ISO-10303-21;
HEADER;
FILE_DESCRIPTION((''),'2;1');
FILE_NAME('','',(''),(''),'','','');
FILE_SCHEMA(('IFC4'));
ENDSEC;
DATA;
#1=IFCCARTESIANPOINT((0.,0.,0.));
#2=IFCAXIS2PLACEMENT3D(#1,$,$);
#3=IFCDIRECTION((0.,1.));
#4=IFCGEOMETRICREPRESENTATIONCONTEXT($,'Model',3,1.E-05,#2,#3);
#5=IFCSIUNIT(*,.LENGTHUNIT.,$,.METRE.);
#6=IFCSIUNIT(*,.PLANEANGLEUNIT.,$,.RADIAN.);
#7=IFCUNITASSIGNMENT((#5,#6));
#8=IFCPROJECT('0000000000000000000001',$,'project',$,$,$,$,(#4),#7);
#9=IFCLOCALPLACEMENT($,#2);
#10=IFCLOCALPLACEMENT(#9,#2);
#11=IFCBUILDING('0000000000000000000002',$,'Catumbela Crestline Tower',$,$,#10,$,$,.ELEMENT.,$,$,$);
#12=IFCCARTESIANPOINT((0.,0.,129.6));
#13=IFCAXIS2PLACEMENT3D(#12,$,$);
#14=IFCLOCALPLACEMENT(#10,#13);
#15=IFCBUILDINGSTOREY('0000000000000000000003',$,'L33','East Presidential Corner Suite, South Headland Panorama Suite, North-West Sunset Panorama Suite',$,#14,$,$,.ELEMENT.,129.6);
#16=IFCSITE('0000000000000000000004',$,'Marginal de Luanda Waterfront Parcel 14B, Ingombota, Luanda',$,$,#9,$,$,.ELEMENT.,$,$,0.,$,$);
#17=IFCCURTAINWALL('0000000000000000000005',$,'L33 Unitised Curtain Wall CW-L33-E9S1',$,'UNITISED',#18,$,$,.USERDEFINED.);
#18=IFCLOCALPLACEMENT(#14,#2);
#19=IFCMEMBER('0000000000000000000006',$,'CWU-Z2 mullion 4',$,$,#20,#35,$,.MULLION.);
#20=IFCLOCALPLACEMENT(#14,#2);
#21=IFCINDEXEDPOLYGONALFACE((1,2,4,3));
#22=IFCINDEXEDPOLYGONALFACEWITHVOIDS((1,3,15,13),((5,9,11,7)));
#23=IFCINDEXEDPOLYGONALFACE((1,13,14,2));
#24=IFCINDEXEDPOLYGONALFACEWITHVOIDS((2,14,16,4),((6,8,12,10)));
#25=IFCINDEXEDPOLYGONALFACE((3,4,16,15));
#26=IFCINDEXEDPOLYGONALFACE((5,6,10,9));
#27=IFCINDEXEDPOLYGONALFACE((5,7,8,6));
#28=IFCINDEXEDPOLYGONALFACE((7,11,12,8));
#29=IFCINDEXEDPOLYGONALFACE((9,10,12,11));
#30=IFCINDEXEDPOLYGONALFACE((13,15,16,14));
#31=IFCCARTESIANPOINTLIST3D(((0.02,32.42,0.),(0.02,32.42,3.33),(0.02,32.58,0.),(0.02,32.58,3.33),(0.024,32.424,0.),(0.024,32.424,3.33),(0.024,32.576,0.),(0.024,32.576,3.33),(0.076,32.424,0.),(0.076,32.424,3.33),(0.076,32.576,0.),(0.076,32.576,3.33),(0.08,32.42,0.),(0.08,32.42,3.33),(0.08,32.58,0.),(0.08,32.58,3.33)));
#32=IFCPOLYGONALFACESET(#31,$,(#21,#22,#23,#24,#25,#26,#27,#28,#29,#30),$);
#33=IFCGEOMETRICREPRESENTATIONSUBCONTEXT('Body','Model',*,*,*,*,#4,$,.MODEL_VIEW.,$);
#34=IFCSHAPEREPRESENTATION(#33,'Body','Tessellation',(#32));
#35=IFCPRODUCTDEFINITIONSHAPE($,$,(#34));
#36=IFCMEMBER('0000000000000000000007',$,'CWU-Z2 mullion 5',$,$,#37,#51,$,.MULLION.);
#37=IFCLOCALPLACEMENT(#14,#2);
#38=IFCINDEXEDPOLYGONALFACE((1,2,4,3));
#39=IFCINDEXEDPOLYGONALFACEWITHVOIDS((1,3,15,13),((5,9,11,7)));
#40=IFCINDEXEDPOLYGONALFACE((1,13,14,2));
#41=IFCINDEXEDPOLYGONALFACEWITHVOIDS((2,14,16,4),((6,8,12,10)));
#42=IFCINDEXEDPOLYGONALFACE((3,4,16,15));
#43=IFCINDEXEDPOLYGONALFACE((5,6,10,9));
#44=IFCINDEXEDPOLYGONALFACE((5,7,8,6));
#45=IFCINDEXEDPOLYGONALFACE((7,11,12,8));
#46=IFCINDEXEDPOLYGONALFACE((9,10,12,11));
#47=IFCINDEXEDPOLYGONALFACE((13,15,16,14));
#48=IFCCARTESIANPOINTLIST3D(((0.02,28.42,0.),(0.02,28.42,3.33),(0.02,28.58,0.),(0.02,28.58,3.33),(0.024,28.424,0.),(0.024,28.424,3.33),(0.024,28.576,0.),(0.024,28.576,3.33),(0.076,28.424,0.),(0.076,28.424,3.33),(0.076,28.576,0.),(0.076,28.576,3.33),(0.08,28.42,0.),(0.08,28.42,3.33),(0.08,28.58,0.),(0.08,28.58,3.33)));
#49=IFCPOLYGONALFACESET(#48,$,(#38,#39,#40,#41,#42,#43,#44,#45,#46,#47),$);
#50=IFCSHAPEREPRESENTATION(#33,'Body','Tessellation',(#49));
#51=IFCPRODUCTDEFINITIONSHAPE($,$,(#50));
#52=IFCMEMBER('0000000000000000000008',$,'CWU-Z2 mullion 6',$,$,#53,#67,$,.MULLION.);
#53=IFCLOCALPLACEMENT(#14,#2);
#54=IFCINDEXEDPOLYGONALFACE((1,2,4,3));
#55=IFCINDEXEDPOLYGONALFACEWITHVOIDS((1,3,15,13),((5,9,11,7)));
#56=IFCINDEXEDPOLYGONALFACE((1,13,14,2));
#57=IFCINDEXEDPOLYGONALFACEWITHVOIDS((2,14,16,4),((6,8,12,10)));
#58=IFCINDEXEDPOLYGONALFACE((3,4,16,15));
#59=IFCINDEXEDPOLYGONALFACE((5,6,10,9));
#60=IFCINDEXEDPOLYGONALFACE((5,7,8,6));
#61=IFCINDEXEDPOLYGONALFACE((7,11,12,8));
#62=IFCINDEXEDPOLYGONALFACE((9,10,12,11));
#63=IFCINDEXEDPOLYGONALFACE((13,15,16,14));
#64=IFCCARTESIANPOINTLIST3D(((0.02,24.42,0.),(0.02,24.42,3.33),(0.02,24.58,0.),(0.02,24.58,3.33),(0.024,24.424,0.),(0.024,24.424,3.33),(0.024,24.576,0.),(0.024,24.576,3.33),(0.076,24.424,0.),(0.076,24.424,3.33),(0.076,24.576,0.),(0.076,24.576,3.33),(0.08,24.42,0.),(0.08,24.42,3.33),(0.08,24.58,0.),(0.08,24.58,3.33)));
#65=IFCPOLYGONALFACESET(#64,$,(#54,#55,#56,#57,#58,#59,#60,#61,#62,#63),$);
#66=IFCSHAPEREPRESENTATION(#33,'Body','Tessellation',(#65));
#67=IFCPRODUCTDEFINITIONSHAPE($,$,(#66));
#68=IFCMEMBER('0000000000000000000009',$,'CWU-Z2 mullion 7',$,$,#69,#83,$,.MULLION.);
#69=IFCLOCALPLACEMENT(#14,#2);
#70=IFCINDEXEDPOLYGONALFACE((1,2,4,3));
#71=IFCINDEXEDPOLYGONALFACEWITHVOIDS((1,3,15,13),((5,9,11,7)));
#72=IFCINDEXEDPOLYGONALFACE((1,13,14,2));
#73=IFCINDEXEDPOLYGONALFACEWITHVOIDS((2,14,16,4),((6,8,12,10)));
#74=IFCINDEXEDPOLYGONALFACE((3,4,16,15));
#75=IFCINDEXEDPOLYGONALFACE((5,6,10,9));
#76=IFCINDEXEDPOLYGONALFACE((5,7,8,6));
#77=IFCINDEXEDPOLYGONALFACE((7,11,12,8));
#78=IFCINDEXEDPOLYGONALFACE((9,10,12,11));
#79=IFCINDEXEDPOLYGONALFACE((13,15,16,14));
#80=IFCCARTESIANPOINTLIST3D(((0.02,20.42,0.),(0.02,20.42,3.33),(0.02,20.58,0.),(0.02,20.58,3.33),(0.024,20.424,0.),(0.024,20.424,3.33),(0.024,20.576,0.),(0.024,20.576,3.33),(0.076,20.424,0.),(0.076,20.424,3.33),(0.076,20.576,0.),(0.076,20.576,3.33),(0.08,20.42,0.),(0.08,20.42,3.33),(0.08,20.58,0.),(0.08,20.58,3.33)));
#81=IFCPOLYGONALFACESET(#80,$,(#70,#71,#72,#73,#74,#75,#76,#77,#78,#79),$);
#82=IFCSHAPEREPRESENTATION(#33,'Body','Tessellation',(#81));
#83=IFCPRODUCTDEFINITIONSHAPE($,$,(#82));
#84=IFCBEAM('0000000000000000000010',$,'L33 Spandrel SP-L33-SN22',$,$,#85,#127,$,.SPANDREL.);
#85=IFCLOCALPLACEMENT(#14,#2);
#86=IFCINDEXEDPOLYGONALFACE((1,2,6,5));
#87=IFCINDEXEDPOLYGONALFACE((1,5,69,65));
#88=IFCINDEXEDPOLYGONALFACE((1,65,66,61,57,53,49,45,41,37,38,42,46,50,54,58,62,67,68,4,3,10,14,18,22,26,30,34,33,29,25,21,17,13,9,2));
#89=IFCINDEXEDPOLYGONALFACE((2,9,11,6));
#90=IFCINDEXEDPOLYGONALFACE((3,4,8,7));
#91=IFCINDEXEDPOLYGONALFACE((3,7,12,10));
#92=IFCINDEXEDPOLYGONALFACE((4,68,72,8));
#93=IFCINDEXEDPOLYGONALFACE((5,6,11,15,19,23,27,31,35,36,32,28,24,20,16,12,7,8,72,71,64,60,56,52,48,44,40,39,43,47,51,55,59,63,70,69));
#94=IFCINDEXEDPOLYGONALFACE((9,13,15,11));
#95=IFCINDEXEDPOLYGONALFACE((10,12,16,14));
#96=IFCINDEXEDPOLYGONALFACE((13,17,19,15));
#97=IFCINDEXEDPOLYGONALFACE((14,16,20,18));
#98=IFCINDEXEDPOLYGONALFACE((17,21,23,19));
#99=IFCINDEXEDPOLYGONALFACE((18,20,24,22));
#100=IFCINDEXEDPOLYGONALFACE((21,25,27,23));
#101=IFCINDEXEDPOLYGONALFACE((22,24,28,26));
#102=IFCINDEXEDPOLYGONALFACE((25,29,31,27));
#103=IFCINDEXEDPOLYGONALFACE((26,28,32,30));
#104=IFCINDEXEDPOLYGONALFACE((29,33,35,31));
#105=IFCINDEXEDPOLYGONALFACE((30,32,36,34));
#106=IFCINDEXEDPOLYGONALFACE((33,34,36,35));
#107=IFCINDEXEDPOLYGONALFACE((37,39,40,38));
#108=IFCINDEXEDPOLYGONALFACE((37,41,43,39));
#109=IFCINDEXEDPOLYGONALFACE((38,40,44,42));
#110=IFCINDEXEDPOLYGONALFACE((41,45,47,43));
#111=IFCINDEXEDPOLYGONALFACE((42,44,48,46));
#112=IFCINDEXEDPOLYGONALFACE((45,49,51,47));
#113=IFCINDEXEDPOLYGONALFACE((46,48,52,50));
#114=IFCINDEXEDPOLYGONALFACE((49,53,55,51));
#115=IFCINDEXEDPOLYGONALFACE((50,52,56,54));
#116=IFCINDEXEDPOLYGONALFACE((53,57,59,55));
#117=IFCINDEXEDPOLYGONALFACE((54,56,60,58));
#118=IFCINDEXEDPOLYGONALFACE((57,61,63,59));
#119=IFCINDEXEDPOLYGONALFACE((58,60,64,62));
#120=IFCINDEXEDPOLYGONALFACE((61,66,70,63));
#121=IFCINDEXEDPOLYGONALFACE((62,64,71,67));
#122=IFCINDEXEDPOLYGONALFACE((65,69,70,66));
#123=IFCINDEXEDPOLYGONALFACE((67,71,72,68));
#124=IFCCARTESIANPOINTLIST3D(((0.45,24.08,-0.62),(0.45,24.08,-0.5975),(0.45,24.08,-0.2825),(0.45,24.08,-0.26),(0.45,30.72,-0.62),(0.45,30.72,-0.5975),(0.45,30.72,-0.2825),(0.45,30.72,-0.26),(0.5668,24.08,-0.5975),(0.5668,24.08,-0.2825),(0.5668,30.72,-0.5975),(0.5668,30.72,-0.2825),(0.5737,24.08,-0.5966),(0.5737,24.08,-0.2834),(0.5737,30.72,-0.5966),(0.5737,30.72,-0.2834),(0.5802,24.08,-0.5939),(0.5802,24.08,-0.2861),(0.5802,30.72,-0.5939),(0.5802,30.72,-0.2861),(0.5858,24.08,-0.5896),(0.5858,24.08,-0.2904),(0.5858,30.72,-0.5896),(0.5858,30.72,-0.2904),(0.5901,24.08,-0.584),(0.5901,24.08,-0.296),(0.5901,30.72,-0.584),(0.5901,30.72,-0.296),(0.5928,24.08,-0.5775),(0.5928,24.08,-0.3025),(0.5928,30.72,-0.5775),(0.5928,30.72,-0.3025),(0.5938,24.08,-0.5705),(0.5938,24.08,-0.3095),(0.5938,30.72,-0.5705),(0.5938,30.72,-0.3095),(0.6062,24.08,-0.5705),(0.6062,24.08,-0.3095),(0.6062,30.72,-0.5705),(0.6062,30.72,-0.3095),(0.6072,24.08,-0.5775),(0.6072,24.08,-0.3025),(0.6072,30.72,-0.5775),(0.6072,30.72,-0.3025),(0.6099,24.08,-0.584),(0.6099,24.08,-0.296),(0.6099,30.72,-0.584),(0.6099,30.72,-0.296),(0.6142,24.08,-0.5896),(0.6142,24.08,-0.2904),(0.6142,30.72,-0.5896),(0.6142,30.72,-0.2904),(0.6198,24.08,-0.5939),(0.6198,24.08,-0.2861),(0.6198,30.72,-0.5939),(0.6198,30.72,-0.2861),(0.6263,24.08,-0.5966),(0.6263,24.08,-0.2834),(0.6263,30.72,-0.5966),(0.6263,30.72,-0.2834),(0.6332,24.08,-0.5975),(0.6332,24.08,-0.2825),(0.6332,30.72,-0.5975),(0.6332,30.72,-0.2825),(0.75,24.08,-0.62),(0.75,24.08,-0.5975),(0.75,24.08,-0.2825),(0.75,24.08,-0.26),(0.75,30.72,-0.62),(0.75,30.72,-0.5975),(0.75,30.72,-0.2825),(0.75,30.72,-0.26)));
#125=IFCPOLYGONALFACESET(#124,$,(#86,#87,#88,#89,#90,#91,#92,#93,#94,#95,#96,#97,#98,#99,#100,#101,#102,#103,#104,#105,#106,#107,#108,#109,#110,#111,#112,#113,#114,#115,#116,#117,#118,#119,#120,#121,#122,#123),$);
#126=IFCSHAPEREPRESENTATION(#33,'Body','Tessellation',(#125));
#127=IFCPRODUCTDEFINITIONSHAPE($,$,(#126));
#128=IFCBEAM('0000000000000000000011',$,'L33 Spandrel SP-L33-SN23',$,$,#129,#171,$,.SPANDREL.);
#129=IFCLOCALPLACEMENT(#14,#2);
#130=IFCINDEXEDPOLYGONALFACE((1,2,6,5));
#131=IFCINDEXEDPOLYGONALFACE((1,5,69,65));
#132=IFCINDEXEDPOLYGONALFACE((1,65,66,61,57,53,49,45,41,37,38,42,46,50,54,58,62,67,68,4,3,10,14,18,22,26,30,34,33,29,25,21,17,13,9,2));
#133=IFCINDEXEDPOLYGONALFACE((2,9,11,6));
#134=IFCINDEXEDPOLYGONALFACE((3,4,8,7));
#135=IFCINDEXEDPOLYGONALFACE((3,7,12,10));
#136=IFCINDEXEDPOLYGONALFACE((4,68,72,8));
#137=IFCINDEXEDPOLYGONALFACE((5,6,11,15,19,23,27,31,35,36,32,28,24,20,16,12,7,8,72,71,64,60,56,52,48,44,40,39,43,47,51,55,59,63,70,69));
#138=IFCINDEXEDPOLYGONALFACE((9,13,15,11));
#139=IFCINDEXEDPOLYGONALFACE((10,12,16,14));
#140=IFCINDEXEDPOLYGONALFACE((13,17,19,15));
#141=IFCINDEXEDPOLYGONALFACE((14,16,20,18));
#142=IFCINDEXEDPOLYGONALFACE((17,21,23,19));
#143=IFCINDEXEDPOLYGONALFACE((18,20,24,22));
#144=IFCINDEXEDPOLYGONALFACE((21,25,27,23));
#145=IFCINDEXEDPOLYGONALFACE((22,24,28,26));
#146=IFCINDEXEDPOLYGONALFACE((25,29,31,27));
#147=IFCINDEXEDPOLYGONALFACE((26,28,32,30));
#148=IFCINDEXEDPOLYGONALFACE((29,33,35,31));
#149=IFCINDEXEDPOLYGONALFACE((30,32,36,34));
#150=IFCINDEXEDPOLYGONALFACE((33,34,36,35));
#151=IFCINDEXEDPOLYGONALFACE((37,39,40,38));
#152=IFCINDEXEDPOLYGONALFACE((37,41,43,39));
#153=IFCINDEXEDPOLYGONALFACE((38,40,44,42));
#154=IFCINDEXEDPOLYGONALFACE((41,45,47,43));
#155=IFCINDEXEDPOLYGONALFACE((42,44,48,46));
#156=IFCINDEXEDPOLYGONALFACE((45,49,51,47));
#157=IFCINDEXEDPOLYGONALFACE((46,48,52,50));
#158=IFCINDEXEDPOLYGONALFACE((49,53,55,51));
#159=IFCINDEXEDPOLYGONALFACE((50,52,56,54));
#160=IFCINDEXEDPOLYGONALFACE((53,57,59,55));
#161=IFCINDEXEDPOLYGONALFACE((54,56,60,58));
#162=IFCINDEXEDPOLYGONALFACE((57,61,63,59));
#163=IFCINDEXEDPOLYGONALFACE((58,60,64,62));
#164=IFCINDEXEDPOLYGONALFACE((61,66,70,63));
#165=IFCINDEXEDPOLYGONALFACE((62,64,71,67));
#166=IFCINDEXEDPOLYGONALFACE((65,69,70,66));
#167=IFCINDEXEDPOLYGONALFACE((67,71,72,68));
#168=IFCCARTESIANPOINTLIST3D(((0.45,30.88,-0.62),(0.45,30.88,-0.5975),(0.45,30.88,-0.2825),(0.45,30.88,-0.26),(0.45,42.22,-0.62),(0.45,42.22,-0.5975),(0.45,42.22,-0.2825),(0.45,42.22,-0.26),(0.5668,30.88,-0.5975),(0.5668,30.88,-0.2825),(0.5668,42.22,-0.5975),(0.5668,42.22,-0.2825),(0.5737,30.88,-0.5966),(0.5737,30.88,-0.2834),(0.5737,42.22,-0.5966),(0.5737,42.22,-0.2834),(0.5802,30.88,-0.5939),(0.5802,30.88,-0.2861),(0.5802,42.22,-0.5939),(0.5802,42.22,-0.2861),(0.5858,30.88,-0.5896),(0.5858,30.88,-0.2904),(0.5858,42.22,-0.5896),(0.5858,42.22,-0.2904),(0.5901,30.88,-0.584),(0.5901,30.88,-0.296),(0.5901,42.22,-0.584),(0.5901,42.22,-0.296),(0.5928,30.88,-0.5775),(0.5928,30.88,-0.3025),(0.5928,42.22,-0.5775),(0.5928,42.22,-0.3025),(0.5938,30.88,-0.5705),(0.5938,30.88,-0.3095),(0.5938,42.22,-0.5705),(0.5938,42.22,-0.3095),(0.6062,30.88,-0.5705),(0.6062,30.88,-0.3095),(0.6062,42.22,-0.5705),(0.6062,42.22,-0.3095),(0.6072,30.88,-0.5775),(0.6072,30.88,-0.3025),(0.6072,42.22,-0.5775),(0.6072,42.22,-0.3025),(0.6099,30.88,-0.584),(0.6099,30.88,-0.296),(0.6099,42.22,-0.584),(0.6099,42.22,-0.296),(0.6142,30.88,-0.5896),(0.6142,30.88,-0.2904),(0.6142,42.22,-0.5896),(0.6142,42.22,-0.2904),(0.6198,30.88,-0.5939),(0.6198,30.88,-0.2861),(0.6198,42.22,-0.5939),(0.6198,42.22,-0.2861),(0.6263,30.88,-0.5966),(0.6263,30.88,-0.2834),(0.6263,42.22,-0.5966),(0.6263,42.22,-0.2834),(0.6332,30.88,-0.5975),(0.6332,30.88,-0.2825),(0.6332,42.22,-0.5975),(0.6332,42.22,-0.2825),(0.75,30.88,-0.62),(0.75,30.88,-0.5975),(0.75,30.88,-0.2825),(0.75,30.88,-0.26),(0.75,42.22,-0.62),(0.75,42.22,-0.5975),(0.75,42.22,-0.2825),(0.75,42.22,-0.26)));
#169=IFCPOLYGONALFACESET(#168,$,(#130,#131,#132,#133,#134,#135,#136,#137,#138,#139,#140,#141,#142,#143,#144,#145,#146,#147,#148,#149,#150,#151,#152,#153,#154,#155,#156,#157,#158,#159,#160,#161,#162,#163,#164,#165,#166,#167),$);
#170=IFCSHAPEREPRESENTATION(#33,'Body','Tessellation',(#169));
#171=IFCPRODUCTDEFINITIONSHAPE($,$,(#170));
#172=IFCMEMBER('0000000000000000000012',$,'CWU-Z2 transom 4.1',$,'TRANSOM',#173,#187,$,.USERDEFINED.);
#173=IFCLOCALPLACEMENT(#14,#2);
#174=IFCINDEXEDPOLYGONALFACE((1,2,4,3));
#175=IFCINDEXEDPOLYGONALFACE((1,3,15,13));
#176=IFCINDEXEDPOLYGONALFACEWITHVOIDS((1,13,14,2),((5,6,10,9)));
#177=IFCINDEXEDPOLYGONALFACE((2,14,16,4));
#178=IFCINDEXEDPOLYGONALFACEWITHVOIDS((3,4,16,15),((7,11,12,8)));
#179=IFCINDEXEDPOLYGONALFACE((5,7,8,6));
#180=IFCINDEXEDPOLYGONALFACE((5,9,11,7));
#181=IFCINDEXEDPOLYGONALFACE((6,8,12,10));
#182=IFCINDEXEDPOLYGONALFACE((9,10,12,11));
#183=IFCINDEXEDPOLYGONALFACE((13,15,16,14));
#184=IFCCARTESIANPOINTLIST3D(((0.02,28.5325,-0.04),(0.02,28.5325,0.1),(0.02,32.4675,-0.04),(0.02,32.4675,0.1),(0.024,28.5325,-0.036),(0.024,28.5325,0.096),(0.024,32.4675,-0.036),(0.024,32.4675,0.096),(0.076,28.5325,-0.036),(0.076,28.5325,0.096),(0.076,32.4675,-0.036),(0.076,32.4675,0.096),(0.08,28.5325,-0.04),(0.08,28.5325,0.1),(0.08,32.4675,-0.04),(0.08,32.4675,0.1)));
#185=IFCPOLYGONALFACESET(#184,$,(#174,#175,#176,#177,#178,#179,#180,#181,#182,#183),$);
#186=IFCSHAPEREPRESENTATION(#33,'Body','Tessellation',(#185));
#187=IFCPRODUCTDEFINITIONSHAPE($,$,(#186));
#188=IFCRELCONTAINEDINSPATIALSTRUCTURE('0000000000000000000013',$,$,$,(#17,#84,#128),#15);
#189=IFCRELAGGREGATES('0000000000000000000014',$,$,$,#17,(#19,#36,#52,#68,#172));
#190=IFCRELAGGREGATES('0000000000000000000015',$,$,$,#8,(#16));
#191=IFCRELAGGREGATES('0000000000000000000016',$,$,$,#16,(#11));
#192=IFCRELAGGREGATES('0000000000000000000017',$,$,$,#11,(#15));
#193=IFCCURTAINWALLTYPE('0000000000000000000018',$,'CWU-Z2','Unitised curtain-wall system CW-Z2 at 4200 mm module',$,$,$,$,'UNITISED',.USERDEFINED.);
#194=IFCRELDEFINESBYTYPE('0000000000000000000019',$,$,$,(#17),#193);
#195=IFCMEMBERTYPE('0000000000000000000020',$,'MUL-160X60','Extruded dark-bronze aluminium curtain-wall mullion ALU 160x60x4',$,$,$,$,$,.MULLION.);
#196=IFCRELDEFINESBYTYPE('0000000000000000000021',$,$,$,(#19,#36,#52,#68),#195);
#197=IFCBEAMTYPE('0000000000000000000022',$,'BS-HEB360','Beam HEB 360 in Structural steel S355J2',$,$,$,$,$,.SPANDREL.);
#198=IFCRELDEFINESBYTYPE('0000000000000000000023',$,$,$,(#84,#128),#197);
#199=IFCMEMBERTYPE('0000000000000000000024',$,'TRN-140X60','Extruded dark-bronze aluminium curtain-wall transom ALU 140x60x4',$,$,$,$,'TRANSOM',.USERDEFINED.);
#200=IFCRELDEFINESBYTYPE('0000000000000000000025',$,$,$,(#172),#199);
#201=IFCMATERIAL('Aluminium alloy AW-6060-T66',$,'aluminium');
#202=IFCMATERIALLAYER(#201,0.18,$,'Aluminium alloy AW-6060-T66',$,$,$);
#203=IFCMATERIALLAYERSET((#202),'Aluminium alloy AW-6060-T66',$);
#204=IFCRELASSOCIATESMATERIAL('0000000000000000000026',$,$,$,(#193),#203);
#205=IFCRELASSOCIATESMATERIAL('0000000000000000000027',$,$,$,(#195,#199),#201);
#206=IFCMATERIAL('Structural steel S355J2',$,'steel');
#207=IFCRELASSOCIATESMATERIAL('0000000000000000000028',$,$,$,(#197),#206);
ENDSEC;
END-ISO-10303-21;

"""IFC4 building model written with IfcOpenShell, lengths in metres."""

from ifc_helpers import new_model, si_unit, direction, frame, origin, origin_2d, place, context, subcontext, project, spatial, hollow_rectangle, i_section, extrude, material, layer, layer_set, material_profile, profile_set, type_object, element, aggregate, save


model = new_model("IFC4")

# Units and contexts
model_context = context("Model", 3, precision=1e-05, world=origin(), true_north=direction((0.0, 1.0)))
body_context = subcontext(model_context, "Body", "Model", "MODEL_VIEW")
ifc_project = project(units=[si_unit("LENGTHUNIT", "METRE"), si_unit("PLANEANGLEUNIT", "RADIAN")], contexts=[model_context])

# Site, building, storey
site_placement = place(None, origin())
site = spatial("IfcSite", under=ifc_project, at=site_placement, Name="Marginal de Luanda Waterfront Parcel 14B, Ingombota, Luanda", CompositionType="ELEMENT", RefElevation=0.0)
building_placement = place(site_placement, origin())
building = spatial("IfcBuilding", under=site, at=building_placement, Name="Catumbela Crestline Tower", CompositionType="ELEMENT")
storey_placement = place(building_placement, frame((0.0, 0.0, 129.6)))
storey = spatial("IfcBuildingStorey", under=building, at=storey_placement, Name="L33", Description="East Presidential Corner Suite, South Headland Panorama Suite, North-West Sunset Panorama Suite", CompositionType="ELEMENT", Elevation=129.6)

# Shared definitions
ifc_material_1 = material(Name="Structural steel S355J2", Category="steel")

# Curtain wall, members
ifc_material_2 = material(Name="Aluminium alloy AW-6060-T66", Category="aluminium")
ifc_layer_1 = layer(ifc_material_2, 0.18, Name="Aluminium alloy AW-6060-T66")
ifc_layer_set_1 = layer_set([ifc_layer_1], Name="Aluminium alloy AW-6060-T66")
curtain_wall_type = type_object("IfcCurtainWallType", Name="CWU-Z2", Description="Unitised curtain-wall system CW-Z2 at 4200 mm module", ElementType="UNITISED", PredefinedType="USERDEFINED", material=ifc_layer_set_1)
curtain_wall_placement = place(storey_placement, origin())
curtain_wall = element("IfcCurtainWall", 1, at=curtain_wall_placement, inside=storey, type_object=curtain_wall_type, Name="L33 Unitised Curtain Wall CW-L33-E9S1", ObjectType="UNITISED", PredefinedType="USERDEFINED")
ifc_material_profile_1 = material_profile(ifc_material_2, hollow_rectangle(XDim=0.06, YDim=0.16, WallThickness=0.004, at=origin_2d()), Name="ALU 160x60x4")
ifc_profile_set_1 = profile_set([ifc_material_profile_1], Name="Aluminium alloy AW-6060-T66")
member_type_1 = type_object("IfcMemberType", Name="MUL-160X60", Description="Extruded dark-bronze aluminium curtain-wall mullion ALU 160x60x4", PredefinedType="MULLION", material=ifc_profile_set_1)
member_1_placement = place(storey_placement, frame((0.05, 32.5, 0.0), z_axis=(0.0, 0.0, 1.0), x_axis=(1.0, 0.0, 0.0)))
member_1 = element("IfcMember", 2, at=member_1_placement, type_object=member_type_1, Name="CWU-Z2 mullion 4", PredefinedType="MULLION", context=body_context, shape_type="SweptSolid", body=[
    extrude(hollow_rectangle(XDim=0.06, YDim=0.16, WallThickness=0.004, at=origin_2d()), origin(), (0.0, 0.0, 1.0), 3.33),
])
member_2_placement = place(storey_placement, frame((0.05, 28.5, 0.0), z_axis=(0.0, 0.0, 1.0), x_axis=(1.0, 0.0, 0.0)))
member_2 = element("IfcMember", 3, at=member_2_placement, type_object=member_type_1, Name="CWU-Z2 mullion 5", PredefinedType="MULLION", context=body_context, shape_type="SweptSolid", body=[
    extrude(hollow_rectangle(XDim=0.06, YDim=0.16, WallThickness=0.004, at=origin_2d()), origin(), (0.0, 0.0, 1.0), 3.33),
])
member_3_placement = place(storey_placement, frame((0.05, 24.5, 0.0), z_axis=(0.0, 0.0, 1.0), x_axis=(1.0, 0.0, 0.0)))
member_3 = element("IfcMember", 4, at=member_3_placement, type_object=member_type_1, Name="CWU-Z2 mullion 6", PredefinedType="MULLION", context=body_context, shape_type="SweptSolid", body=[
    extrude(hollow_rectangle(XDim=0.06, YDim=0.16, WallThickness=0.004, at=origin_2d()), origin(), (0.0, 0.0, 1.0), 3.33),
])
member_4_placement = place(storey_placement, frame((0.05, 20.5, 0.0), z_axis=(0.0, 0.0, 1.0), x_axis=(1.0, 0.0, 0.0)))
member_4 = element("IfcMember", 5, at=member_4_placement, type_object=member_type_1, Name="CWU-Z2 mullion 7", PredefinedType="MULLION", context=body_context, shape_type="SweptSolid", body=[
    extrude(hollow_rectangle(XDim=0.06, YDim=0.16, WallThickness=0.004, at=origin_2d()), origin(), (0.0, 0.0, 1.0), 3.33),
])

# Beams
ifc_material_profile_2 = material_profile(ifc_material_1, i_section(OverallWidth=0.3, OverallDepth=0.36, WebThickness=0.0125, FlangeThickness=0.0225, FilletRadius=0.027, at=origin_2d()), Name="HEB 360")
ifc_profile_set_2 = profile_set([ifc_material_profile_2], Name="Structural steel S355J2")
beam_type_1 = type_object("IfcBeamType", Name="BS-HEB360", Description="Beam HEB 360 in Structural steel S355J2", PredefinedType="SPANDREL", material=ifc_profile_set_2)
beam_1_placement = place(storey_placement, frame((0.6, 24.08, -0.44), z_axis=(0.0, 1.0, 0.0), x_axis=(-1.0, 0.0, 0.0)))
element("IfcBeam", 6, at=beam_1_placement, inside=storey, type_object=beam_type_1, Name="L33 Spandrel SP-L33-SN22", PredefinedType="SPANDREL", context=body_context, shape_type="SweptSolid", body=[
    extrude(i_section(OverallWidth=0.3, OverallDepth=0.36, WebThickness=0.0125, FlangeThickness=0.0225, FilletRadius=0.027, at=origin_2d()), origin(), (0.0, 0.0, 1.0), 6.64),
])
beam_2_placement = place(storey_placement, frame((0.6, 30.88, -0.44), z_axis=(0.0, 1.0, 0.0), x_axis=(-1.0, 0.0, 0.0)))
element("IfcBeam", 7, at=beam_2_placement, inside=storey, type_object=beam_type_1, Name="L33 Spandrel SP-L33-SN23", PredefinedType="SPANDREL", context=body_context, shape_type="SweptSolid", body=[
    extrude(i_section(OverallWidth=0.3, OverallDepth=0.36, WebThickness=0.0125, FlangeThickness=0.0225, FilletRadius=0.027, at=origin_2d()), origin(), (0.0, 0.0, 1.0), 11.34),
])

# Member
ifc_material_profile_3 = material_profile(ifc_material_2, hollow_rectangle(XDim=0.06, YDim=0.14, WallThickness=0.004, at=origin_2d()), Name="ALU 140x60x4")
ifc_profile_set_3 = profile_set([ifc_material_profile_3], Name="Aluminium alloy AW-6060-T66")
member_type_2 = type_object("IfcMemberType", Name="TRN-140X60", Description="Extruded dark-bronze aluminium curtain-wall transom ALU 140x60x4", ElementType="TRANSOM", PredefinedType="USERDEFINED", material=ifc_profile_set_3)
member_5_placement = place(storey_placement, frame((0.05, 32.4675, 0.03), z_axis=(0.0, -1.0, 0.0), x_axis=(1.0, 0.0, 0.0)))
member_5 = element("IfcMember", 8, at=member_5_placement, type_object=member_type_2, Name="CWU-Z2 transom 4.1", ObjectType="TRANSOM", PredefinedType="USERDEFINED", context=body_context, shape_type="SweptSolid", body=[
    extrude(hollow_rectangle(XDim=0.06, YDim=0.14, WallThickness=0.004, at=origin_2d()), origin(), (0.0, 0.0, 1.0), 3.935),
])

aggregate(curtain_wall, [member_1, member_2, member_3, member_4, member_5])

save(model, "model.ifc")
